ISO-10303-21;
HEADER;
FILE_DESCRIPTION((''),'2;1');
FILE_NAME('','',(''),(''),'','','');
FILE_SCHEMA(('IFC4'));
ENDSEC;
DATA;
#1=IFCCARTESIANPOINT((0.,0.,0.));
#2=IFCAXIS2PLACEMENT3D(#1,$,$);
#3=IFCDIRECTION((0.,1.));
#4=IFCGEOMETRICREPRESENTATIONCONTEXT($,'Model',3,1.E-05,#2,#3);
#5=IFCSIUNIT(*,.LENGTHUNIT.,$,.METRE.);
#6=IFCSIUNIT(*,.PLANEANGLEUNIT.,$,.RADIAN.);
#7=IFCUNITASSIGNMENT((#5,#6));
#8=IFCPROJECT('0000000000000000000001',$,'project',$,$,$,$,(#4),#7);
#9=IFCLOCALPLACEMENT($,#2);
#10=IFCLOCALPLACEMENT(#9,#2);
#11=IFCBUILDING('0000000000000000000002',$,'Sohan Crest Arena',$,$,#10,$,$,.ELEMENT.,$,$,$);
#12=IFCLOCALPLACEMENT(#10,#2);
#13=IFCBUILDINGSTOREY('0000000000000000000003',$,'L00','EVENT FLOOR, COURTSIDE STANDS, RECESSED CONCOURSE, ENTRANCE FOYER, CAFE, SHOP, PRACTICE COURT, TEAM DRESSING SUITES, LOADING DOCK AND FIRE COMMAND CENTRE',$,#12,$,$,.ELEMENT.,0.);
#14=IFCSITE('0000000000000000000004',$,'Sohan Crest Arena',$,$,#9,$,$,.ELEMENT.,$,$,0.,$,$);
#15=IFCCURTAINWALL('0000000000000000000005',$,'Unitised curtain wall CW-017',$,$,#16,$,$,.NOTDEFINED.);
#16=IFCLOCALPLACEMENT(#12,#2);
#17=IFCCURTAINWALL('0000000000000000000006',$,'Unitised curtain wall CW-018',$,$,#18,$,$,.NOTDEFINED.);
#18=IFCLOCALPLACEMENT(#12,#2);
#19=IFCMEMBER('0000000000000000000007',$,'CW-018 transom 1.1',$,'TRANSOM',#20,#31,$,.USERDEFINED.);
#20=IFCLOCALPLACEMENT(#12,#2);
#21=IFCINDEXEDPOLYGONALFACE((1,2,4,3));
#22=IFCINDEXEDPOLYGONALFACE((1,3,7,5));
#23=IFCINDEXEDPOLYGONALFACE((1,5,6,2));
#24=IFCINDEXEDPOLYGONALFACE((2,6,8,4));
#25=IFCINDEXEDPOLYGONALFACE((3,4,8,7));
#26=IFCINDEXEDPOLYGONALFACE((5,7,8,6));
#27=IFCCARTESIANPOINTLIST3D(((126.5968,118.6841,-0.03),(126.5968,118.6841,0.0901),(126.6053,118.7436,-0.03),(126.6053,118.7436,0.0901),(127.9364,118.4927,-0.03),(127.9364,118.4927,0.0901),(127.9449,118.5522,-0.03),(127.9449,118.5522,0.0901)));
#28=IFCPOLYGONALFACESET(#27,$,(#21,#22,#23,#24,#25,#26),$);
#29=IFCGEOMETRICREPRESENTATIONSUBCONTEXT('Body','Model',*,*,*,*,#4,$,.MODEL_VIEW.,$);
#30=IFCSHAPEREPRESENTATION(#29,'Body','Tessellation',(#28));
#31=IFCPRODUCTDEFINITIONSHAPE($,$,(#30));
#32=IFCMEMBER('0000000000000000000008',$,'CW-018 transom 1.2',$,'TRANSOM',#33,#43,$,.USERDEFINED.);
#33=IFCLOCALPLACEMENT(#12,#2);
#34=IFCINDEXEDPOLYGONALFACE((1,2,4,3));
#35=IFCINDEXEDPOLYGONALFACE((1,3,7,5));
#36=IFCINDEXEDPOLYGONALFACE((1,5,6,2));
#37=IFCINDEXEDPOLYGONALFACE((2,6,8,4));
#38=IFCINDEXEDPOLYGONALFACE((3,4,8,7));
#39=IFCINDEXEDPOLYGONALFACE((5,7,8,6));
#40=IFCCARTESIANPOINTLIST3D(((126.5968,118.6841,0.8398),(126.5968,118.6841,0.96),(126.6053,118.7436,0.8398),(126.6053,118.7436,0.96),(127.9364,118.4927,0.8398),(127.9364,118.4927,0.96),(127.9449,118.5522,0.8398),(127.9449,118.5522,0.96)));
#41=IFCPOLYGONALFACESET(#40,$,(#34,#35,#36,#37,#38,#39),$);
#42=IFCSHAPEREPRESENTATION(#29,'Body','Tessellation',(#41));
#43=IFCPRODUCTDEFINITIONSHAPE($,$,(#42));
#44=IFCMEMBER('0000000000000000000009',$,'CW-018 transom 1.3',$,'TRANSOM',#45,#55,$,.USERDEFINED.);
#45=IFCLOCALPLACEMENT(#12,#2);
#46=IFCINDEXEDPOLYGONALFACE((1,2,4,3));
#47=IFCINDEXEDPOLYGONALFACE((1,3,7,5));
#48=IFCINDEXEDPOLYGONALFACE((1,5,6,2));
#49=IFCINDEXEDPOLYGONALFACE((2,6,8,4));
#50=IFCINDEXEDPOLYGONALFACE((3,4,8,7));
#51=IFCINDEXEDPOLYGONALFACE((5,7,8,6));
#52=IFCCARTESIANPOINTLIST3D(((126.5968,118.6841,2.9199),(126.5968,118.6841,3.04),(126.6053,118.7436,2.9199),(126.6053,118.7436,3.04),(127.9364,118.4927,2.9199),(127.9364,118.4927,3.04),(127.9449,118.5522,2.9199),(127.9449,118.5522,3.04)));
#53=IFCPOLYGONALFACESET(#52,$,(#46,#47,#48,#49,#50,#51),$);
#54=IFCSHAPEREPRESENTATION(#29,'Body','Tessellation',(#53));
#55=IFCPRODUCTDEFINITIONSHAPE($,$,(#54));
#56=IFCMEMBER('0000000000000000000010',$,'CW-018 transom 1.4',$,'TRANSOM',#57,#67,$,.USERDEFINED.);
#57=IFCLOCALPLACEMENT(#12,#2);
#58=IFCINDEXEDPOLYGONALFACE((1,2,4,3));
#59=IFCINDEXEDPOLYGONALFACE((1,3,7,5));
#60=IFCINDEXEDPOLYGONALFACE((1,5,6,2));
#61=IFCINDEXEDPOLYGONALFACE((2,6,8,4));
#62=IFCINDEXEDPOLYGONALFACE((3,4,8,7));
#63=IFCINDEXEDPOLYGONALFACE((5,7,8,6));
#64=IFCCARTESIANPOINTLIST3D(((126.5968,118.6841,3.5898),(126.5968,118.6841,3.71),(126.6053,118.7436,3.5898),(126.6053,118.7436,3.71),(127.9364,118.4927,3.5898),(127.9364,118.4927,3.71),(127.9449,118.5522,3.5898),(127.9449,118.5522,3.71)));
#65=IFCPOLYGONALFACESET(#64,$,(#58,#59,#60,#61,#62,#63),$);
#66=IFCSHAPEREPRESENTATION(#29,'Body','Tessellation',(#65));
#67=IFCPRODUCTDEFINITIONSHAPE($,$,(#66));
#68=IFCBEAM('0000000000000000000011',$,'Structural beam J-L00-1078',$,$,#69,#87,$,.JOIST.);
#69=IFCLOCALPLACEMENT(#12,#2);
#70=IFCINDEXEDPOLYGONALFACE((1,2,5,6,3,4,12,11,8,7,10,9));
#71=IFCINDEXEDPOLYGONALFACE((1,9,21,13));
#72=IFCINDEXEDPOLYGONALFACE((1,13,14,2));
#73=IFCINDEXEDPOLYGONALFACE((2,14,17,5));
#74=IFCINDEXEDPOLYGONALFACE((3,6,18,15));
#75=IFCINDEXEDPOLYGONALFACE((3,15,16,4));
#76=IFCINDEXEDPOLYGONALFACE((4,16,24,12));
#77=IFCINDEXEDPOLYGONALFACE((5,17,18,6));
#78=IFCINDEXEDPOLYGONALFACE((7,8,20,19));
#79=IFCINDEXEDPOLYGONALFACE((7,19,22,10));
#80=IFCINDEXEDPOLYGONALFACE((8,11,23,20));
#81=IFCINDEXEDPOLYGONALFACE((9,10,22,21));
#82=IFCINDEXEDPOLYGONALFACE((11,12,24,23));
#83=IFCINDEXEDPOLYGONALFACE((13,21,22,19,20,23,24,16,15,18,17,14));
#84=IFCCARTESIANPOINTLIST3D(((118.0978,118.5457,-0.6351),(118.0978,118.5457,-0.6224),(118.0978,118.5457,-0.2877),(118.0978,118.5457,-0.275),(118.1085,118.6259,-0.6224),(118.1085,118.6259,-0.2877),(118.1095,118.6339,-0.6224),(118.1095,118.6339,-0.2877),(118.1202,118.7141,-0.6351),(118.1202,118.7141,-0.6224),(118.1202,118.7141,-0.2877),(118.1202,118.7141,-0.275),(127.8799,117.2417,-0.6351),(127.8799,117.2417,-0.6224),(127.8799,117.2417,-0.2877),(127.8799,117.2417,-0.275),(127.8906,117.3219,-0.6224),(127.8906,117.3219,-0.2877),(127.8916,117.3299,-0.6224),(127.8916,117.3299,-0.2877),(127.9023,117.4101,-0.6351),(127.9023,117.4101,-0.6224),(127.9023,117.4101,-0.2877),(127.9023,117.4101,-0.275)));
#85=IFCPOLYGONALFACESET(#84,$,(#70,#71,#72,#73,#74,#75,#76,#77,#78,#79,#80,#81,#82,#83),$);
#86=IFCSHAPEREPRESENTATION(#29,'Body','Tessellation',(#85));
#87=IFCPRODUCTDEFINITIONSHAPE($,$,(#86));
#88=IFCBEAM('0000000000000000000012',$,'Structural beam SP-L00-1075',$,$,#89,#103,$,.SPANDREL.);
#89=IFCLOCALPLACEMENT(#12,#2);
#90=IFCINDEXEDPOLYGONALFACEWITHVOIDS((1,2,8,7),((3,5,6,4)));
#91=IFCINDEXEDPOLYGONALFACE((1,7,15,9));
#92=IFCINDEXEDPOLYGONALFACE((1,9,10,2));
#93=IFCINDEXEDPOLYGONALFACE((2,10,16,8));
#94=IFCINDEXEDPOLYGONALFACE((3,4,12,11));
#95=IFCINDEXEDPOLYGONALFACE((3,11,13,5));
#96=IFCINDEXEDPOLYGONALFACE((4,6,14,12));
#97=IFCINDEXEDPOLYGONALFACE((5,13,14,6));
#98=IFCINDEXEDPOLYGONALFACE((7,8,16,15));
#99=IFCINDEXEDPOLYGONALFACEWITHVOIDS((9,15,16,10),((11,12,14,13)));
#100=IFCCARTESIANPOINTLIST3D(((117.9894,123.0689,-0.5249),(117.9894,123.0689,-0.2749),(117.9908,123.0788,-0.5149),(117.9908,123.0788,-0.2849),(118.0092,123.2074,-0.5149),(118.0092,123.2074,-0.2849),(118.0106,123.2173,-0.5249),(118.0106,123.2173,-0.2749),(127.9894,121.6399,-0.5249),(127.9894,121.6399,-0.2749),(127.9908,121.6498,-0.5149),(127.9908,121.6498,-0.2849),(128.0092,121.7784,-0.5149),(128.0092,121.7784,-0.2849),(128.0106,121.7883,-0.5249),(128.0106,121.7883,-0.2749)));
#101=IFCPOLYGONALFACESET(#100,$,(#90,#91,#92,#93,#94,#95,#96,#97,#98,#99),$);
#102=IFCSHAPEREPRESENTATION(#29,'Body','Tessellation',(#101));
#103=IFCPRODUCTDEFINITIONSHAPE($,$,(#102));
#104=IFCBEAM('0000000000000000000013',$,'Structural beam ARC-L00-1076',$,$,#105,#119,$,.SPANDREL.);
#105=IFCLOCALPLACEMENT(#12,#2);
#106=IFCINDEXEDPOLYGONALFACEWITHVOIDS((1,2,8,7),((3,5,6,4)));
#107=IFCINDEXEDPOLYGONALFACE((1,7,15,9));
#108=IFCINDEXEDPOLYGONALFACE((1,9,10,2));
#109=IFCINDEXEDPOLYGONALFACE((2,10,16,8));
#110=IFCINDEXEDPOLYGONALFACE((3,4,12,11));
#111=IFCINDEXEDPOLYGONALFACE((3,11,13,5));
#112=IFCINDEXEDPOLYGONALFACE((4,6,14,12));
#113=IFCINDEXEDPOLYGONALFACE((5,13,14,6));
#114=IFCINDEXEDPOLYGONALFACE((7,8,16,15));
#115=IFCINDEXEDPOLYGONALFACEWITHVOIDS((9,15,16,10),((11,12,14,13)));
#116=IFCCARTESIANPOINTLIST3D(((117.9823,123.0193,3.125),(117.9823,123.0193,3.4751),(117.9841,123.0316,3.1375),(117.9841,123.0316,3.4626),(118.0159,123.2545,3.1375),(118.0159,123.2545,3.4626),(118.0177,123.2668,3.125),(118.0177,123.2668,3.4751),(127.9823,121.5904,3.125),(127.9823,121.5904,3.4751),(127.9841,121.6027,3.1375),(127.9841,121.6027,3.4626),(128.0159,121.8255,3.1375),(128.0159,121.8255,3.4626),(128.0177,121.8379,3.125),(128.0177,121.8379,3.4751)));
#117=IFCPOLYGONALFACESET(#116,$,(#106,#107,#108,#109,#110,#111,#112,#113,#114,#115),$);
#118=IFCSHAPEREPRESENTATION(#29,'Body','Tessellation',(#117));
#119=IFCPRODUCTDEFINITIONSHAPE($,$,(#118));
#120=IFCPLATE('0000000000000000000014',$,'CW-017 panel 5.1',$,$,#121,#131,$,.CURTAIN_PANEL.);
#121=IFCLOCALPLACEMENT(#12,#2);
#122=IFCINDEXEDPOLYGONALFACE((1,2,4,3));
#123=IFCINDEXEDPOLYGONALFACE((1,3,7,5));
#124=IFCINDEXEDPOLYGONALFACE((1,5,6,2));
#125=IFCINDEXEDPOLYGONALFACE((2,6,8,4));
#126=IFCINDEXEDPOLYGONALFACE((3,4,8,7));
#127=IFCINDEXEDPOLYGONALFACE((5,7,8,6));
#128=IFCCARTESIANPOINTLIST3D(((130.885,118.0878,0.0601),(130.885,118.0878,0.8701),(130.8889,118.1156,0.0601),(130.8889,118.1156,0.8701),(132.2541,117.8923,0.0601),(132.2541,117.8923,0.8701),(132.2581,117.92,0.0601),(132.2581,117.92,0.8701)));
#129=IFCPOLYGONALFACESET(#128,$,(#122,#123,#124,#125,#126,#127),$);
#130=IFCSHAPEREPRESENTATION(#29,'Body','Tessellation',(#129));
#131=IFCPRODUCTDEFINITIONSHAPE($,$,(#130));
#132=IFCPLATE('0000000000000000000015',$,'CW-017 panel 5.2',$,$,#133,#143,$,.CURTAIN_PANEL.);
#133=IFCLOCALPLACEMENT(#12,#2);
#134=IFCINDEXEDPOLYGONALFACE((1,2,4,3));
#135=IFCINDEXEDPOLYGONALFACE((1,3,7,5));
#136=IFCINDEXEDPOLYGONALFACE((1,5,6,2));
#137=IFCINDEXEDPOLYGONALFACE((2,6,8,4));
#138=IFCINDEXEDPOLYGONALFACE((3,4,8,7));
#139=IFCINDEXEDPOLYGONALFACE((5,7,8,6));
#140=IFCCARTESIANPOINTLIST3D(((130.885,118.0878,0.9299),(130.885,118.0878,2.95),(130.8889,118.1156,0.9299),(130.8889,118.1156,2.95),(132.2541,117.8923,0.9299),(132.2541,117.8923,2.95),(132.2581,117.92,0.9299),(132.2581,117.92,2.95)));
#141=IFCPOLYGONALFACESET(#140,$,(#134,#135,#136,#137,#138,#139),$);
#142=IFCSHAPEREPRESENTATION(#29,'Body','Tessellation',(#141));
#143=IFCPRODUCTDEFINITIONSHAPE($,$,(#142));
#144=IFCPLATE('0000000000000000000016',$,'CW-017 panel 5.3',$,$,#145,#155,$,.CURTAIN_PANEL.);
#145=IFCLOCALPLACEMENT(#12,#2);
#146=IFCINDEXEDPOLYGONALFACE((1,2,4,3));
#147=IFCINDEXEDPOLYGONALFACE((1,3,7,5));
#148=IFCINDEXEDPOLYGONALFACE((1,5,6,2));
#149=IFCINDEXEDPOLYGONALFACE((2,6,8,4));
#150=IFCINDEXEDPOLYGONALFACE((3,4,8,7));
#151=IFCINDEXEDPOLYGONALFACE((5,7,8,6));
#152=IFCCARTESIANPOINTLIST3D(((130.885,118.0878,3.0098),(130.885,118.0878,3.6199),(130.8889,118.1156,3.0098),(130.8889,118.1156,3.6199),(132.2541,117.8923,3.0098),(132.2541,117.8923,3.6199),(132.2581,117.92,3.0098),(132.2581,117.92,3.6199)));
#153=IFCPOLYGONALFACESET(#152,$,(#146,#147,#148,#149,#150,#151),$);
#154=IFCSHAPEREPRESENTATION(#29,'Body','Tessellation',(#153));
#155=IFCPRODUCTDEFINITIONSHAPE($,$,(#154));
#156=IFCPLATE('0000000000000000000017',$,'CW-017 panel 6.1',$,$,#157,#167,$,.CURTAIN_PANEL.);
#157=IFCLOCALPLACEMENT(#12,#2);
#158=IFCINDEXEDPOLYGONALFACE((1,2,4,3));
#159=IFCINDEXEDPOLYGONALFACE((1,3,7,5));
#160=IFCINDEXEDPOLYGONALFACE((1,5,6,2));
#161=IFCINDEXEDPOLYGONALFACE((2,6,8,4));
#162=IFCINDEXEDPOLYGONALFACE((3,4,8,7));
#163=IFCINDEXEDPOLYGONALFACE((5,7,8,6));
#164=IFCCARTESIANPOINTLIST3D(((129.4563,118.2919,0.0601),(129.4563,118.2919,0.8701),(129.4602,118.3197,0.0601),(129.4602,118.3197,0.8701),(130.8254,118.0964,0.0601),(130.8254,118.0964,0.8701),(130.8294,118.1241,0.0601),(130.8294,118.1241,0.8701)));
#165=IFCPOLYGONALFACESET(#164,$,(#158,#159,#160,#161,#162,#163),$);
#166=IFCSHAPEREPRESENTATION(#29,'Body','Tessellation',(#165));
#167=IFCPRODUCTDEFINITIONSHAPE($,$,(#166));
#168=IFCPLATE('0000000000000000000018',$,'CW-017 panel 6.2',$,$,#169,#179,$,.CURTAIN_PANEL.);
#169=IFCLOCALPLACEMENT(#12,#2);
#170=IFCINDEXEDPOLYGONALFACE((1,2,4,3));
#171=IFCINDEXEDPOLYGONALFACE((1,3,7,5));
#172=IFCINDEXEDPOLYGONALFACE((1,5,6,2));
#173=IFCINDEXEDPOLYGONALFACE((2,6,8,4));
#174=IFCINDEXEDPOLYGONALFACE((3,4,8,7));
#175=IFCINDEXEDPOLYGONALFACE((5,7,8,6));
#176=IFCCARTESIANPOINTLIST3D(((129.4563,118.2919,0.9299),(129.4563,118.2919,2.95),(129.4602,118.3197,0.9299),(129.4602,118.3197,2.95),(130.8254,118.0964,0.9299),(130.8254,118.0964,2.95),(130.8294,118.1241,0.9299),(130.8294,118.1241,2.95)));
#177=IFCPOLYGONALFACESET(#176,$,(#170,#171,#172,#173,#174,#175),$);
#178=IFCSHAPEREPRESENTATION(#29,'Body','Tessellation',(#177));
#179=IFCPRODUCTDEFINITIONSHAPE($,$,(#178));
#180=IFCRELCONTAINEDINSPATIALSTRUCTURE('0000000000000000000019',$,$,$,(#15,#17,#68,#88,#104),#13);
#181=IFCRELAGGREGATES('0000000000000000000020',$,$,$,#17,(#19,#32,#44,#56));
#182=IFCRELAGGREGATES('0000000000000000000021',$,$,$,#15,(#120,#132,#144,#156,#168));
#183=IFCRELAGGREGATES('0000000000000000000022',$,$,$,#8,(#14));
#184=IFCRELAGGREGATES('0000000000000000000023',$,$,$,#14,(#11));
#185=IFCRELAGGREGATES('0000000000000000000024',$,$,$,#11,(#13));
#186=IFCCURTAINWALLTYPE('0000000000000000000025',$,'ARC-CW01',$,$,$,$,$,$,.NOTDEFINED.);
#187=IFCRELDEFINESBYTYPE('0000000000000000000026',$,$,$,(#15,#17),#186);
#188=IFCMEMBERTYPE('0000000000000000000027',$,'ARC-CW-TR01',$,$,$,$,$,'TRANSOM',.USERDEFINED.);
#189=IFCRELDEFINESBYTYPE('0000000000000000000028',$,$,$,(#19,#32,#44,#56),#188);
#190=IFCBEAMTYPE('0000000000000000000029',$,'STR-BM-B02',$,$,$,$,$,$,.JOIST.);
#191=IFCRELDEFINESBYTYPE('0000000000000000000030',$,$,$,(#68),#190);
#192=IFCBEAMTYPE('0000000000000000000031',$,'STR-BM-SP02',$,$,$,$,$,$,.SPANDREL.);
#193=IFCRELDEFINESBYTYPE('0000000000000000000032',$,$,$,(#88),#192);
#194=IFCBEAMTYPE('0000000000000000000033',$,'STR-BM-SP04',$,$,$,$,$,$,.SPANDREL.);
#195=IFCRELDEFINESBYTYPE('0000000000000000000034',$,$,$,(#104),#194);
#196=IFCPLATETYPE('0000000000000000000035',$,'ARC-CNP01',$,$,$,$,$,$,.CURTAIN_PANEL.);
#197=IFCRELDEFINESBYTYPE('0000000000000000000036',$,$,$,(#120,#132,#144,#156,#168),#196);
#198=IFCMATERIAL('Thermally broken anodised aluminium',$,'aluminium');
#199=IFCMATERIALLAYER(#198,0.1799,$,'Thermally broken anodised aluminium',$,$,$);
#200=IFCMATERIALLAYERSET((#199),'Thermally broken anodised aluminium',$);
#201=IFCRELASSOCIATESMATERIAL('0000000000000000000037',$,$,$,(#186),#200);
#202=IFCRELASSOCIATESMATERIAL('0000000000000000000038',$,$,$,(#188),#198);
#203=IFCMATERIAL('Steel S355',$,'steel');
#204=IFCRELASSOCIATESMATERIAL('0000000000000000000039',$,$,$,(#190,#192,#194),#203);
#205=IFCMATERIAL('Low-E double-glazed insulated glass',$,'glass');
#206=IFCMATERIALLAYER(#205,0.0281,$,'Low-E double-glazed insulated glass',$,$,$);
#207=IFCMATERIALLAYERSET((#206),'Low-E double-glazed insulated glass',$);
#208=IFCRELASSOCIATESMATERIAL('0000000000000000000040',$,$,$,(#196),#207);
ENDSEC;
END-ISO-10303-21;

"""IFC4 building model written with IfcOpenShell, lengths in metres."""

from ifc_helpers import new_model, si_unit, direction, frame, origin, origin_2d, place, context, subcontext, project, spatial, rectangle, hollow_rectangle, i_section, extrude, material, layer, layer_set, material_profile, profile_set, type_object, element, aggregate, save


model = new_model("IFC4")

# Units and contexts
model_context = context("Model", 3, precision=1e-05, world=origin(), true_north=direction((0.0, 1.0)))
body_context = subcontext(model_context, "Body", "Model", "MODEL_VIEW")
ifc_project = project(units=[si_unit("LENGTHUNIT", "METRE"), si_unit("PLANEANGLEUNIT", "RADIAN")], contexts=[model_context])

# Site, building, storey
site_placement = place(None, origin())
site = spatial("IfcSite", under=ifc_project, at=site_placement, Name="Sohan Crest Arena", CompositionType="ELEMENT", RefElevation=0.0)
building_placement = place(site_placement, origin())
building = spatial("IfcBuilding", under=site, at=building_placement, Name="Sohan Crest Arena", CompositionType="ELEMENT")
storey_placement = place(building_placement, origin())
storey = spatial("IfcBuildingStorey", under=building, at=storey_placement, Name="L00", Description="EVENT FLOOR, COURTSIDE STANDS, RECESSED CONCOURSE, ENTRANCE FOYER, CAFE, SHOP, PRACTICE COURT, TEAM DRESSING SUITES, LOADING DOCK AND FIRE COMMAND CENTRE", CompositionType="ELEMENT", Elevation=0.0)

# Curtain wall
ifc_material_1 = material(Name="Thermally broken anodised aluminium", Category="aluminium")
ifc_layer_1 = layer(ifc_material_1, 0.1799, Name="Thermally broken anodised aluminium")
ifc_layer_set_1 = layer_set([ifc_layer_1], Name="Thermally broken anodised aluminium")
curtain_wall_type = type_object("IfcCurtainWallType", Name="ARC-CW01", PredefinedType="NOTDEFINED", material=ifc_layer_set_1)
curtain_wall_1_placement = place(storey_placement, origin())
curtain_wall_1 = element("IfcCurtainWall", 1, at=curtain_wall_1_placement, inside=storey, type_object=curtain_wall_type, Name="Unitised curtain wall CW-017", PredefinedType="NOTDEFINED")

# Curtain wall
curtain_wall_2_placement = place(storey_placement, origin())
curtain_wall_2 = element("IfcCurtainWall", 2, at=curtain_wall_2_placement, inside=storey, type_object=curtain_wall_type, Name="Unitised curtain wall CW-018", PredefinedType="NOTDEFINED")

# Members
ifc_material_profile_1 = material_profile(ifc_material_1, rectangle(XDim=0.0601, YDim=0.1201, at=origin_2d()), Name="ALU-TRAN 60x120")
ifc_profile_set_1 = profile_set([ifc_material_profile_1], Name="Thermally broken anodised aluminium")
member_type_1 = type_object("IfcMemberType", Name="ARC-CW-TR01", ElementType="TRANSOM", PredefinedType="USERDEFINED", material=ifc_profile_set_1)
member_1_placement = place(storey_placement, frame((127.9407, 118.5225, 0.03), z_axis=(-0.989946, 0.141447, 0.0), x_axis=(-0.141447, -0.989946, 0.0)))
member_1 = element("IfcMember", 3, at=member_1_placement, type_object=member_type_1, Name="CW-018 transom 1.1", ObjectType="TRANSOM", PredefinedType="USERDEFINED", context=body_context, shape_type="SweptSolid", body=[
    extrude(rectangle(XDim=0.0601, YDim=0.1201, at=origin_2d()), origin(), (0.0, 0.0, 1.0), 1.3533),
])
member_2_placement = place(storey_placement, frame((127.9407, 118.5225, 0.8999), z_axis=(-0.989946, 0.141447, 0.0), x_axis=(-0.141447, -0.989946, 0.0)))
member_2 = element("IfcMember", 4, at=member_2_placement, type_object=member_type_1, Name="CW-018 transom 1.2", ObjectType="TRANSOM", PredefinedType="USERDEFINED", context=body_context, shape_type="SweptSolid", body=[
    extrude(rectangle(XDim=0.0601, YDim=0.1201, at=origin_2d()), origin(), (0.0, 0.0, 1.0), 1.3533),
])
member_3_placement = place(storey_placement, frame((127.9407, 118.5225, 2.98), z_axis=(-0.989946, 0.141447, 0.0), x_axis=(-0.141447, -0.989946, 0.0)))
member_3 = element("IfcMember", 5, at=member_3_placement, type_object=member_type_1, Name="CW-018 transom 1.3", ObjectType="TRANSOM", PredefinedType="USERDEFINED", context=body_context, shape_type="SweptSolid", body=[
    extrude(rectangle(XDim=0.0601, YDim=0.1201, at=origin_2d()), origin(), (0.0, 0.0, 1.0), 1.3533),
])
member_4_placement = place(storey_placement, frame((127.9407, 118.5225, 3.6499), z_axis=(-0.989946, 0.141447, 0.0), x_axis=(-0.141447, -0.989946, 0.0)))
member_4 = element("IfcMember", 6, at=member_4_placement, type_object=member_type_1, Name="CW-018 transom 1.4", ObjectType="TRANSOM", PredefinedType="USERDEFINED", context=body_context, shape_type="SweptSolid", body=[
    extrude(rectangle(XDim=0.0601, YDim=0.1201, at=origin_2d()), origin(), (0.0, 0.0, 1.0), 1.3533),
])
aggregate(curtain_wall_2, [member_1, member_2, member_3, member_4])

# Beams
ifc_material_2 = material(Name="Steel S355", Category="steel")
ifc_material_profile_2 = material_profile(ifc_material_2, i_section(OverallWidth=0.1699, OverallDepth=0.3601, WebThickness=0.0081, FlangeThickness=0.0127, at=origin_2d()), Name="IPE 360")
ifc_profile_set_2 = profile_set([ifc_material_profile_2], Name="Steel S355")
beam_type_1 = type_object("IfcBeamType", Name="STR-BM-B02", PredefinedType="JOIST", material=ifc_profile_set_2)
beam_1_placement = place(storey_placement, frame((127.8911, 117.3259, -0.4551), z_axis=(-0.991232, 0.13213, 0.0), x_axis=(-0.13213, -0.991232, 0.0)))
element("IfcBeam", 7, at=beam_1_placement, inside=storey, type_object=beam_type_1, Name="Structural beam J-L00-1078", PredefinedType="JOIST", context=body_context, shape_type="SweptSolid", body=[
    extrude(i_section(OverallWidth=0.1699, OverallDepth=0.3601, WebThickness=0.0081, FlangeThickness=0.0127, at=origin_2d()), origin(), (0.0, 0.0, 1.0), 9.8687),
])
ifc_material_profile_3 = material_profile(ifc_material_2, hollow_rectangle(XDim=0.1499, YDim=0.25, WallThickness=0.01, at=origin_2d()), Name="RHS 250x150x10")
ifc_profile_set_3 = profile_set([ifc_material_profile_3], Name="Steel S355")
beam_type_2 = type_object("IfcBeamType", Name="STR-BM-SP02", PredefinedType="SPANDREL", material=ifc_profile_set_3)
beam_2_placement = place(storey_placement, frame((128.0, 121.7141, -0.3999), z_axis=(-0.989944, 0.141459, 0.0), x_axis=(-0.141459, -0.989944, 0.0)))
element("IfcBeam", 8, at=beam_2_placement, inside=storey, type_object=beam_type_2, Name="Structural beam SP-L00-1075", PredefinedType="SPANDREL", context=body_context, shape_type="SweptSolid", body=[
    extrude(hollow_rectangle(XDim=0.1499, YDim=0.25, WallThickness=0.01, at=origin_2d()), origin(), (0.0, 0.0, 1.0), 10.1016),
])
ifc_material_profile_4 = material_profile(ifc_material_2, hollow_rectangle(XDim=0.25, YDim=0.3501, WallThickness=0.0125, at=origin_2d()), Name="RHS 350x250x12.5")
ifc_profile_set_4 = profile_set([ifc_material_profile_4], Name="Steel S355")
beam_type_3 = type_object("IfcBeamType", Name="STR-BM-SP04", PredefinedType="SPANDREL", material=ifc_profile_set_4)
beam_3_placement = place(storey_placement, frame((128.0, 121.7141, 3.3), z_axis=(-0.989944, 0.141459, 0.0), x_axis=(-0.141459, -0.989944, 0.0)))
element("IfcBeam", 9, at=beam_3_placement, inside=storey, type_object=beam_type_3, Name="Structural beam ARC-L00-1076", PredefinedType="SPANDREL", context=body_context, shape_type="SweptSolid", body=[
    extrude(hollow_rectangle(XDim=0.25, YDim=0.3501, WallThickness=0.0125, at=origin_2d()), origin(), (0.0, 0.0, 1.0), 10.1016),
])

# Plates
ifc_material_3 = material(Name="Low-E double-glazed insulated glass", Category="glass")
ifc_layer_2 = layer(ifc_material_3, 0.0281, Name="Low-E double-glazed insulated glass")
ifc_layer_set_2 = layer_set([ifc_layer_2], Name="Low-E double-glazed insulated glass")
plate_type = type_object("IfcPlateType", Name="ARC-CNP01", PredefinedType="CURTAIN_PANEL", material=ifc_layer_set_2)
plate_1_placement = place(storey_placement, frame((131.5715, 118.0039, 0.0601), z_axis=(0.0, 0.0, 1.0), x_axis=(-0.989957, 0.141366, 0.0)))
plate_1 = element("IfcPlate", 10, at=plate_1_placement, type_object=plate_type, Name="CW-017 panel 5.1", PredefinedType="CURTAIN_PANEL", context=body_context, shape_type="SweptSolid", body=[
    extrude(rectangle(XDim=1.3831, YDim=0.0281, at=origin_2d()), origin(), (0.0, 0.0, 1.0), 0.8101),
])
plate_2_placement = place(storey_placement, frame((131.5715, 118.0039, 0.9299), z_axis=(0.0, 0.0, 1.0), x_axis=(-0.989957, 0.141366, 0.0)))
plate_2 = element("IfcPlate", 11, at=plate_2_placement, type_object=plate_type, Name="CW-017 panel 5.2", PredefinedType="CURTAIN_PANEL", context=body_context, shape_type="SweptSolid", body=[
    extrude(rectangle(XDim=1.3831, YDim=0.0281, at=origin_2d()), origin(), (0.0, 0.0, 1.0), 2.02),
])
plate_3_placement = place(storey_placement, frame((131.5715, 118.0039, 3.0098), z_axis=(0.0, 0.0, 1.0), x_axis=(-0.989957, 0.141366, 0.0)))
plate_3 = element("IfcPlate", 12, at=plate_3_placement, type_object=plate_type, Name="CW-017 panel 5.3", PredefinedType="CURTAIN_PANEL", context=body_context, shape_type="SweptSolid", body=[
    extrude(rectangle(XDim=1.3831, YDim=0.0281, at=origin_2d()), origin(), (0.0, 0.0, 1.0), 0.6101),
])
plate_4_placement = place(storey_placement, frame((130.1428, 118.208, 0.0601), z_axis=(0.0, 0.0, 1.0), x_axis=(-0.989957, 0.141366, 0.0)))
plate_4 = element("IfcPlate", 13, at=plate_4_placement, type_object=plate_type, Name="CW-017 panel 6.1", PredefinedType="CURTAIN_PANEL", context=body_context, shape_type="SweptSolid", body=[
    extrude(rectangle(XDim=1.3831, YDim=0.0281, at=origin_2d()), origin(), (0.0, 0.0, 1.0), 0.8101),
])
plate_5_placement = place(storey_placement, frame((130.1428, 118.208, 0.9299), z_axis=(0.0, 0.0, 1.0), x_axis=(-0.989957, 0.141366, 0.0)))
plate_5 = element("IfcPlate", 14, at=plate_5_placement, type_object=plate_type, Name="CW-017 panel 6.2", PredefinedType="CURTAIN_PANEL", context=body_context, shape_type="SweptSolid", body=[
    extrude(rectangle(XDim=1.3831, YDim=0.0281, at=origin_2d()), origin(), (0.0, 0.0, 1.0), 2.02),
])
aggregate(curtain_wall_1, [plate_1, plate_2, plate_3, plate_4, plate_5])

save(model, "model.ifc")
